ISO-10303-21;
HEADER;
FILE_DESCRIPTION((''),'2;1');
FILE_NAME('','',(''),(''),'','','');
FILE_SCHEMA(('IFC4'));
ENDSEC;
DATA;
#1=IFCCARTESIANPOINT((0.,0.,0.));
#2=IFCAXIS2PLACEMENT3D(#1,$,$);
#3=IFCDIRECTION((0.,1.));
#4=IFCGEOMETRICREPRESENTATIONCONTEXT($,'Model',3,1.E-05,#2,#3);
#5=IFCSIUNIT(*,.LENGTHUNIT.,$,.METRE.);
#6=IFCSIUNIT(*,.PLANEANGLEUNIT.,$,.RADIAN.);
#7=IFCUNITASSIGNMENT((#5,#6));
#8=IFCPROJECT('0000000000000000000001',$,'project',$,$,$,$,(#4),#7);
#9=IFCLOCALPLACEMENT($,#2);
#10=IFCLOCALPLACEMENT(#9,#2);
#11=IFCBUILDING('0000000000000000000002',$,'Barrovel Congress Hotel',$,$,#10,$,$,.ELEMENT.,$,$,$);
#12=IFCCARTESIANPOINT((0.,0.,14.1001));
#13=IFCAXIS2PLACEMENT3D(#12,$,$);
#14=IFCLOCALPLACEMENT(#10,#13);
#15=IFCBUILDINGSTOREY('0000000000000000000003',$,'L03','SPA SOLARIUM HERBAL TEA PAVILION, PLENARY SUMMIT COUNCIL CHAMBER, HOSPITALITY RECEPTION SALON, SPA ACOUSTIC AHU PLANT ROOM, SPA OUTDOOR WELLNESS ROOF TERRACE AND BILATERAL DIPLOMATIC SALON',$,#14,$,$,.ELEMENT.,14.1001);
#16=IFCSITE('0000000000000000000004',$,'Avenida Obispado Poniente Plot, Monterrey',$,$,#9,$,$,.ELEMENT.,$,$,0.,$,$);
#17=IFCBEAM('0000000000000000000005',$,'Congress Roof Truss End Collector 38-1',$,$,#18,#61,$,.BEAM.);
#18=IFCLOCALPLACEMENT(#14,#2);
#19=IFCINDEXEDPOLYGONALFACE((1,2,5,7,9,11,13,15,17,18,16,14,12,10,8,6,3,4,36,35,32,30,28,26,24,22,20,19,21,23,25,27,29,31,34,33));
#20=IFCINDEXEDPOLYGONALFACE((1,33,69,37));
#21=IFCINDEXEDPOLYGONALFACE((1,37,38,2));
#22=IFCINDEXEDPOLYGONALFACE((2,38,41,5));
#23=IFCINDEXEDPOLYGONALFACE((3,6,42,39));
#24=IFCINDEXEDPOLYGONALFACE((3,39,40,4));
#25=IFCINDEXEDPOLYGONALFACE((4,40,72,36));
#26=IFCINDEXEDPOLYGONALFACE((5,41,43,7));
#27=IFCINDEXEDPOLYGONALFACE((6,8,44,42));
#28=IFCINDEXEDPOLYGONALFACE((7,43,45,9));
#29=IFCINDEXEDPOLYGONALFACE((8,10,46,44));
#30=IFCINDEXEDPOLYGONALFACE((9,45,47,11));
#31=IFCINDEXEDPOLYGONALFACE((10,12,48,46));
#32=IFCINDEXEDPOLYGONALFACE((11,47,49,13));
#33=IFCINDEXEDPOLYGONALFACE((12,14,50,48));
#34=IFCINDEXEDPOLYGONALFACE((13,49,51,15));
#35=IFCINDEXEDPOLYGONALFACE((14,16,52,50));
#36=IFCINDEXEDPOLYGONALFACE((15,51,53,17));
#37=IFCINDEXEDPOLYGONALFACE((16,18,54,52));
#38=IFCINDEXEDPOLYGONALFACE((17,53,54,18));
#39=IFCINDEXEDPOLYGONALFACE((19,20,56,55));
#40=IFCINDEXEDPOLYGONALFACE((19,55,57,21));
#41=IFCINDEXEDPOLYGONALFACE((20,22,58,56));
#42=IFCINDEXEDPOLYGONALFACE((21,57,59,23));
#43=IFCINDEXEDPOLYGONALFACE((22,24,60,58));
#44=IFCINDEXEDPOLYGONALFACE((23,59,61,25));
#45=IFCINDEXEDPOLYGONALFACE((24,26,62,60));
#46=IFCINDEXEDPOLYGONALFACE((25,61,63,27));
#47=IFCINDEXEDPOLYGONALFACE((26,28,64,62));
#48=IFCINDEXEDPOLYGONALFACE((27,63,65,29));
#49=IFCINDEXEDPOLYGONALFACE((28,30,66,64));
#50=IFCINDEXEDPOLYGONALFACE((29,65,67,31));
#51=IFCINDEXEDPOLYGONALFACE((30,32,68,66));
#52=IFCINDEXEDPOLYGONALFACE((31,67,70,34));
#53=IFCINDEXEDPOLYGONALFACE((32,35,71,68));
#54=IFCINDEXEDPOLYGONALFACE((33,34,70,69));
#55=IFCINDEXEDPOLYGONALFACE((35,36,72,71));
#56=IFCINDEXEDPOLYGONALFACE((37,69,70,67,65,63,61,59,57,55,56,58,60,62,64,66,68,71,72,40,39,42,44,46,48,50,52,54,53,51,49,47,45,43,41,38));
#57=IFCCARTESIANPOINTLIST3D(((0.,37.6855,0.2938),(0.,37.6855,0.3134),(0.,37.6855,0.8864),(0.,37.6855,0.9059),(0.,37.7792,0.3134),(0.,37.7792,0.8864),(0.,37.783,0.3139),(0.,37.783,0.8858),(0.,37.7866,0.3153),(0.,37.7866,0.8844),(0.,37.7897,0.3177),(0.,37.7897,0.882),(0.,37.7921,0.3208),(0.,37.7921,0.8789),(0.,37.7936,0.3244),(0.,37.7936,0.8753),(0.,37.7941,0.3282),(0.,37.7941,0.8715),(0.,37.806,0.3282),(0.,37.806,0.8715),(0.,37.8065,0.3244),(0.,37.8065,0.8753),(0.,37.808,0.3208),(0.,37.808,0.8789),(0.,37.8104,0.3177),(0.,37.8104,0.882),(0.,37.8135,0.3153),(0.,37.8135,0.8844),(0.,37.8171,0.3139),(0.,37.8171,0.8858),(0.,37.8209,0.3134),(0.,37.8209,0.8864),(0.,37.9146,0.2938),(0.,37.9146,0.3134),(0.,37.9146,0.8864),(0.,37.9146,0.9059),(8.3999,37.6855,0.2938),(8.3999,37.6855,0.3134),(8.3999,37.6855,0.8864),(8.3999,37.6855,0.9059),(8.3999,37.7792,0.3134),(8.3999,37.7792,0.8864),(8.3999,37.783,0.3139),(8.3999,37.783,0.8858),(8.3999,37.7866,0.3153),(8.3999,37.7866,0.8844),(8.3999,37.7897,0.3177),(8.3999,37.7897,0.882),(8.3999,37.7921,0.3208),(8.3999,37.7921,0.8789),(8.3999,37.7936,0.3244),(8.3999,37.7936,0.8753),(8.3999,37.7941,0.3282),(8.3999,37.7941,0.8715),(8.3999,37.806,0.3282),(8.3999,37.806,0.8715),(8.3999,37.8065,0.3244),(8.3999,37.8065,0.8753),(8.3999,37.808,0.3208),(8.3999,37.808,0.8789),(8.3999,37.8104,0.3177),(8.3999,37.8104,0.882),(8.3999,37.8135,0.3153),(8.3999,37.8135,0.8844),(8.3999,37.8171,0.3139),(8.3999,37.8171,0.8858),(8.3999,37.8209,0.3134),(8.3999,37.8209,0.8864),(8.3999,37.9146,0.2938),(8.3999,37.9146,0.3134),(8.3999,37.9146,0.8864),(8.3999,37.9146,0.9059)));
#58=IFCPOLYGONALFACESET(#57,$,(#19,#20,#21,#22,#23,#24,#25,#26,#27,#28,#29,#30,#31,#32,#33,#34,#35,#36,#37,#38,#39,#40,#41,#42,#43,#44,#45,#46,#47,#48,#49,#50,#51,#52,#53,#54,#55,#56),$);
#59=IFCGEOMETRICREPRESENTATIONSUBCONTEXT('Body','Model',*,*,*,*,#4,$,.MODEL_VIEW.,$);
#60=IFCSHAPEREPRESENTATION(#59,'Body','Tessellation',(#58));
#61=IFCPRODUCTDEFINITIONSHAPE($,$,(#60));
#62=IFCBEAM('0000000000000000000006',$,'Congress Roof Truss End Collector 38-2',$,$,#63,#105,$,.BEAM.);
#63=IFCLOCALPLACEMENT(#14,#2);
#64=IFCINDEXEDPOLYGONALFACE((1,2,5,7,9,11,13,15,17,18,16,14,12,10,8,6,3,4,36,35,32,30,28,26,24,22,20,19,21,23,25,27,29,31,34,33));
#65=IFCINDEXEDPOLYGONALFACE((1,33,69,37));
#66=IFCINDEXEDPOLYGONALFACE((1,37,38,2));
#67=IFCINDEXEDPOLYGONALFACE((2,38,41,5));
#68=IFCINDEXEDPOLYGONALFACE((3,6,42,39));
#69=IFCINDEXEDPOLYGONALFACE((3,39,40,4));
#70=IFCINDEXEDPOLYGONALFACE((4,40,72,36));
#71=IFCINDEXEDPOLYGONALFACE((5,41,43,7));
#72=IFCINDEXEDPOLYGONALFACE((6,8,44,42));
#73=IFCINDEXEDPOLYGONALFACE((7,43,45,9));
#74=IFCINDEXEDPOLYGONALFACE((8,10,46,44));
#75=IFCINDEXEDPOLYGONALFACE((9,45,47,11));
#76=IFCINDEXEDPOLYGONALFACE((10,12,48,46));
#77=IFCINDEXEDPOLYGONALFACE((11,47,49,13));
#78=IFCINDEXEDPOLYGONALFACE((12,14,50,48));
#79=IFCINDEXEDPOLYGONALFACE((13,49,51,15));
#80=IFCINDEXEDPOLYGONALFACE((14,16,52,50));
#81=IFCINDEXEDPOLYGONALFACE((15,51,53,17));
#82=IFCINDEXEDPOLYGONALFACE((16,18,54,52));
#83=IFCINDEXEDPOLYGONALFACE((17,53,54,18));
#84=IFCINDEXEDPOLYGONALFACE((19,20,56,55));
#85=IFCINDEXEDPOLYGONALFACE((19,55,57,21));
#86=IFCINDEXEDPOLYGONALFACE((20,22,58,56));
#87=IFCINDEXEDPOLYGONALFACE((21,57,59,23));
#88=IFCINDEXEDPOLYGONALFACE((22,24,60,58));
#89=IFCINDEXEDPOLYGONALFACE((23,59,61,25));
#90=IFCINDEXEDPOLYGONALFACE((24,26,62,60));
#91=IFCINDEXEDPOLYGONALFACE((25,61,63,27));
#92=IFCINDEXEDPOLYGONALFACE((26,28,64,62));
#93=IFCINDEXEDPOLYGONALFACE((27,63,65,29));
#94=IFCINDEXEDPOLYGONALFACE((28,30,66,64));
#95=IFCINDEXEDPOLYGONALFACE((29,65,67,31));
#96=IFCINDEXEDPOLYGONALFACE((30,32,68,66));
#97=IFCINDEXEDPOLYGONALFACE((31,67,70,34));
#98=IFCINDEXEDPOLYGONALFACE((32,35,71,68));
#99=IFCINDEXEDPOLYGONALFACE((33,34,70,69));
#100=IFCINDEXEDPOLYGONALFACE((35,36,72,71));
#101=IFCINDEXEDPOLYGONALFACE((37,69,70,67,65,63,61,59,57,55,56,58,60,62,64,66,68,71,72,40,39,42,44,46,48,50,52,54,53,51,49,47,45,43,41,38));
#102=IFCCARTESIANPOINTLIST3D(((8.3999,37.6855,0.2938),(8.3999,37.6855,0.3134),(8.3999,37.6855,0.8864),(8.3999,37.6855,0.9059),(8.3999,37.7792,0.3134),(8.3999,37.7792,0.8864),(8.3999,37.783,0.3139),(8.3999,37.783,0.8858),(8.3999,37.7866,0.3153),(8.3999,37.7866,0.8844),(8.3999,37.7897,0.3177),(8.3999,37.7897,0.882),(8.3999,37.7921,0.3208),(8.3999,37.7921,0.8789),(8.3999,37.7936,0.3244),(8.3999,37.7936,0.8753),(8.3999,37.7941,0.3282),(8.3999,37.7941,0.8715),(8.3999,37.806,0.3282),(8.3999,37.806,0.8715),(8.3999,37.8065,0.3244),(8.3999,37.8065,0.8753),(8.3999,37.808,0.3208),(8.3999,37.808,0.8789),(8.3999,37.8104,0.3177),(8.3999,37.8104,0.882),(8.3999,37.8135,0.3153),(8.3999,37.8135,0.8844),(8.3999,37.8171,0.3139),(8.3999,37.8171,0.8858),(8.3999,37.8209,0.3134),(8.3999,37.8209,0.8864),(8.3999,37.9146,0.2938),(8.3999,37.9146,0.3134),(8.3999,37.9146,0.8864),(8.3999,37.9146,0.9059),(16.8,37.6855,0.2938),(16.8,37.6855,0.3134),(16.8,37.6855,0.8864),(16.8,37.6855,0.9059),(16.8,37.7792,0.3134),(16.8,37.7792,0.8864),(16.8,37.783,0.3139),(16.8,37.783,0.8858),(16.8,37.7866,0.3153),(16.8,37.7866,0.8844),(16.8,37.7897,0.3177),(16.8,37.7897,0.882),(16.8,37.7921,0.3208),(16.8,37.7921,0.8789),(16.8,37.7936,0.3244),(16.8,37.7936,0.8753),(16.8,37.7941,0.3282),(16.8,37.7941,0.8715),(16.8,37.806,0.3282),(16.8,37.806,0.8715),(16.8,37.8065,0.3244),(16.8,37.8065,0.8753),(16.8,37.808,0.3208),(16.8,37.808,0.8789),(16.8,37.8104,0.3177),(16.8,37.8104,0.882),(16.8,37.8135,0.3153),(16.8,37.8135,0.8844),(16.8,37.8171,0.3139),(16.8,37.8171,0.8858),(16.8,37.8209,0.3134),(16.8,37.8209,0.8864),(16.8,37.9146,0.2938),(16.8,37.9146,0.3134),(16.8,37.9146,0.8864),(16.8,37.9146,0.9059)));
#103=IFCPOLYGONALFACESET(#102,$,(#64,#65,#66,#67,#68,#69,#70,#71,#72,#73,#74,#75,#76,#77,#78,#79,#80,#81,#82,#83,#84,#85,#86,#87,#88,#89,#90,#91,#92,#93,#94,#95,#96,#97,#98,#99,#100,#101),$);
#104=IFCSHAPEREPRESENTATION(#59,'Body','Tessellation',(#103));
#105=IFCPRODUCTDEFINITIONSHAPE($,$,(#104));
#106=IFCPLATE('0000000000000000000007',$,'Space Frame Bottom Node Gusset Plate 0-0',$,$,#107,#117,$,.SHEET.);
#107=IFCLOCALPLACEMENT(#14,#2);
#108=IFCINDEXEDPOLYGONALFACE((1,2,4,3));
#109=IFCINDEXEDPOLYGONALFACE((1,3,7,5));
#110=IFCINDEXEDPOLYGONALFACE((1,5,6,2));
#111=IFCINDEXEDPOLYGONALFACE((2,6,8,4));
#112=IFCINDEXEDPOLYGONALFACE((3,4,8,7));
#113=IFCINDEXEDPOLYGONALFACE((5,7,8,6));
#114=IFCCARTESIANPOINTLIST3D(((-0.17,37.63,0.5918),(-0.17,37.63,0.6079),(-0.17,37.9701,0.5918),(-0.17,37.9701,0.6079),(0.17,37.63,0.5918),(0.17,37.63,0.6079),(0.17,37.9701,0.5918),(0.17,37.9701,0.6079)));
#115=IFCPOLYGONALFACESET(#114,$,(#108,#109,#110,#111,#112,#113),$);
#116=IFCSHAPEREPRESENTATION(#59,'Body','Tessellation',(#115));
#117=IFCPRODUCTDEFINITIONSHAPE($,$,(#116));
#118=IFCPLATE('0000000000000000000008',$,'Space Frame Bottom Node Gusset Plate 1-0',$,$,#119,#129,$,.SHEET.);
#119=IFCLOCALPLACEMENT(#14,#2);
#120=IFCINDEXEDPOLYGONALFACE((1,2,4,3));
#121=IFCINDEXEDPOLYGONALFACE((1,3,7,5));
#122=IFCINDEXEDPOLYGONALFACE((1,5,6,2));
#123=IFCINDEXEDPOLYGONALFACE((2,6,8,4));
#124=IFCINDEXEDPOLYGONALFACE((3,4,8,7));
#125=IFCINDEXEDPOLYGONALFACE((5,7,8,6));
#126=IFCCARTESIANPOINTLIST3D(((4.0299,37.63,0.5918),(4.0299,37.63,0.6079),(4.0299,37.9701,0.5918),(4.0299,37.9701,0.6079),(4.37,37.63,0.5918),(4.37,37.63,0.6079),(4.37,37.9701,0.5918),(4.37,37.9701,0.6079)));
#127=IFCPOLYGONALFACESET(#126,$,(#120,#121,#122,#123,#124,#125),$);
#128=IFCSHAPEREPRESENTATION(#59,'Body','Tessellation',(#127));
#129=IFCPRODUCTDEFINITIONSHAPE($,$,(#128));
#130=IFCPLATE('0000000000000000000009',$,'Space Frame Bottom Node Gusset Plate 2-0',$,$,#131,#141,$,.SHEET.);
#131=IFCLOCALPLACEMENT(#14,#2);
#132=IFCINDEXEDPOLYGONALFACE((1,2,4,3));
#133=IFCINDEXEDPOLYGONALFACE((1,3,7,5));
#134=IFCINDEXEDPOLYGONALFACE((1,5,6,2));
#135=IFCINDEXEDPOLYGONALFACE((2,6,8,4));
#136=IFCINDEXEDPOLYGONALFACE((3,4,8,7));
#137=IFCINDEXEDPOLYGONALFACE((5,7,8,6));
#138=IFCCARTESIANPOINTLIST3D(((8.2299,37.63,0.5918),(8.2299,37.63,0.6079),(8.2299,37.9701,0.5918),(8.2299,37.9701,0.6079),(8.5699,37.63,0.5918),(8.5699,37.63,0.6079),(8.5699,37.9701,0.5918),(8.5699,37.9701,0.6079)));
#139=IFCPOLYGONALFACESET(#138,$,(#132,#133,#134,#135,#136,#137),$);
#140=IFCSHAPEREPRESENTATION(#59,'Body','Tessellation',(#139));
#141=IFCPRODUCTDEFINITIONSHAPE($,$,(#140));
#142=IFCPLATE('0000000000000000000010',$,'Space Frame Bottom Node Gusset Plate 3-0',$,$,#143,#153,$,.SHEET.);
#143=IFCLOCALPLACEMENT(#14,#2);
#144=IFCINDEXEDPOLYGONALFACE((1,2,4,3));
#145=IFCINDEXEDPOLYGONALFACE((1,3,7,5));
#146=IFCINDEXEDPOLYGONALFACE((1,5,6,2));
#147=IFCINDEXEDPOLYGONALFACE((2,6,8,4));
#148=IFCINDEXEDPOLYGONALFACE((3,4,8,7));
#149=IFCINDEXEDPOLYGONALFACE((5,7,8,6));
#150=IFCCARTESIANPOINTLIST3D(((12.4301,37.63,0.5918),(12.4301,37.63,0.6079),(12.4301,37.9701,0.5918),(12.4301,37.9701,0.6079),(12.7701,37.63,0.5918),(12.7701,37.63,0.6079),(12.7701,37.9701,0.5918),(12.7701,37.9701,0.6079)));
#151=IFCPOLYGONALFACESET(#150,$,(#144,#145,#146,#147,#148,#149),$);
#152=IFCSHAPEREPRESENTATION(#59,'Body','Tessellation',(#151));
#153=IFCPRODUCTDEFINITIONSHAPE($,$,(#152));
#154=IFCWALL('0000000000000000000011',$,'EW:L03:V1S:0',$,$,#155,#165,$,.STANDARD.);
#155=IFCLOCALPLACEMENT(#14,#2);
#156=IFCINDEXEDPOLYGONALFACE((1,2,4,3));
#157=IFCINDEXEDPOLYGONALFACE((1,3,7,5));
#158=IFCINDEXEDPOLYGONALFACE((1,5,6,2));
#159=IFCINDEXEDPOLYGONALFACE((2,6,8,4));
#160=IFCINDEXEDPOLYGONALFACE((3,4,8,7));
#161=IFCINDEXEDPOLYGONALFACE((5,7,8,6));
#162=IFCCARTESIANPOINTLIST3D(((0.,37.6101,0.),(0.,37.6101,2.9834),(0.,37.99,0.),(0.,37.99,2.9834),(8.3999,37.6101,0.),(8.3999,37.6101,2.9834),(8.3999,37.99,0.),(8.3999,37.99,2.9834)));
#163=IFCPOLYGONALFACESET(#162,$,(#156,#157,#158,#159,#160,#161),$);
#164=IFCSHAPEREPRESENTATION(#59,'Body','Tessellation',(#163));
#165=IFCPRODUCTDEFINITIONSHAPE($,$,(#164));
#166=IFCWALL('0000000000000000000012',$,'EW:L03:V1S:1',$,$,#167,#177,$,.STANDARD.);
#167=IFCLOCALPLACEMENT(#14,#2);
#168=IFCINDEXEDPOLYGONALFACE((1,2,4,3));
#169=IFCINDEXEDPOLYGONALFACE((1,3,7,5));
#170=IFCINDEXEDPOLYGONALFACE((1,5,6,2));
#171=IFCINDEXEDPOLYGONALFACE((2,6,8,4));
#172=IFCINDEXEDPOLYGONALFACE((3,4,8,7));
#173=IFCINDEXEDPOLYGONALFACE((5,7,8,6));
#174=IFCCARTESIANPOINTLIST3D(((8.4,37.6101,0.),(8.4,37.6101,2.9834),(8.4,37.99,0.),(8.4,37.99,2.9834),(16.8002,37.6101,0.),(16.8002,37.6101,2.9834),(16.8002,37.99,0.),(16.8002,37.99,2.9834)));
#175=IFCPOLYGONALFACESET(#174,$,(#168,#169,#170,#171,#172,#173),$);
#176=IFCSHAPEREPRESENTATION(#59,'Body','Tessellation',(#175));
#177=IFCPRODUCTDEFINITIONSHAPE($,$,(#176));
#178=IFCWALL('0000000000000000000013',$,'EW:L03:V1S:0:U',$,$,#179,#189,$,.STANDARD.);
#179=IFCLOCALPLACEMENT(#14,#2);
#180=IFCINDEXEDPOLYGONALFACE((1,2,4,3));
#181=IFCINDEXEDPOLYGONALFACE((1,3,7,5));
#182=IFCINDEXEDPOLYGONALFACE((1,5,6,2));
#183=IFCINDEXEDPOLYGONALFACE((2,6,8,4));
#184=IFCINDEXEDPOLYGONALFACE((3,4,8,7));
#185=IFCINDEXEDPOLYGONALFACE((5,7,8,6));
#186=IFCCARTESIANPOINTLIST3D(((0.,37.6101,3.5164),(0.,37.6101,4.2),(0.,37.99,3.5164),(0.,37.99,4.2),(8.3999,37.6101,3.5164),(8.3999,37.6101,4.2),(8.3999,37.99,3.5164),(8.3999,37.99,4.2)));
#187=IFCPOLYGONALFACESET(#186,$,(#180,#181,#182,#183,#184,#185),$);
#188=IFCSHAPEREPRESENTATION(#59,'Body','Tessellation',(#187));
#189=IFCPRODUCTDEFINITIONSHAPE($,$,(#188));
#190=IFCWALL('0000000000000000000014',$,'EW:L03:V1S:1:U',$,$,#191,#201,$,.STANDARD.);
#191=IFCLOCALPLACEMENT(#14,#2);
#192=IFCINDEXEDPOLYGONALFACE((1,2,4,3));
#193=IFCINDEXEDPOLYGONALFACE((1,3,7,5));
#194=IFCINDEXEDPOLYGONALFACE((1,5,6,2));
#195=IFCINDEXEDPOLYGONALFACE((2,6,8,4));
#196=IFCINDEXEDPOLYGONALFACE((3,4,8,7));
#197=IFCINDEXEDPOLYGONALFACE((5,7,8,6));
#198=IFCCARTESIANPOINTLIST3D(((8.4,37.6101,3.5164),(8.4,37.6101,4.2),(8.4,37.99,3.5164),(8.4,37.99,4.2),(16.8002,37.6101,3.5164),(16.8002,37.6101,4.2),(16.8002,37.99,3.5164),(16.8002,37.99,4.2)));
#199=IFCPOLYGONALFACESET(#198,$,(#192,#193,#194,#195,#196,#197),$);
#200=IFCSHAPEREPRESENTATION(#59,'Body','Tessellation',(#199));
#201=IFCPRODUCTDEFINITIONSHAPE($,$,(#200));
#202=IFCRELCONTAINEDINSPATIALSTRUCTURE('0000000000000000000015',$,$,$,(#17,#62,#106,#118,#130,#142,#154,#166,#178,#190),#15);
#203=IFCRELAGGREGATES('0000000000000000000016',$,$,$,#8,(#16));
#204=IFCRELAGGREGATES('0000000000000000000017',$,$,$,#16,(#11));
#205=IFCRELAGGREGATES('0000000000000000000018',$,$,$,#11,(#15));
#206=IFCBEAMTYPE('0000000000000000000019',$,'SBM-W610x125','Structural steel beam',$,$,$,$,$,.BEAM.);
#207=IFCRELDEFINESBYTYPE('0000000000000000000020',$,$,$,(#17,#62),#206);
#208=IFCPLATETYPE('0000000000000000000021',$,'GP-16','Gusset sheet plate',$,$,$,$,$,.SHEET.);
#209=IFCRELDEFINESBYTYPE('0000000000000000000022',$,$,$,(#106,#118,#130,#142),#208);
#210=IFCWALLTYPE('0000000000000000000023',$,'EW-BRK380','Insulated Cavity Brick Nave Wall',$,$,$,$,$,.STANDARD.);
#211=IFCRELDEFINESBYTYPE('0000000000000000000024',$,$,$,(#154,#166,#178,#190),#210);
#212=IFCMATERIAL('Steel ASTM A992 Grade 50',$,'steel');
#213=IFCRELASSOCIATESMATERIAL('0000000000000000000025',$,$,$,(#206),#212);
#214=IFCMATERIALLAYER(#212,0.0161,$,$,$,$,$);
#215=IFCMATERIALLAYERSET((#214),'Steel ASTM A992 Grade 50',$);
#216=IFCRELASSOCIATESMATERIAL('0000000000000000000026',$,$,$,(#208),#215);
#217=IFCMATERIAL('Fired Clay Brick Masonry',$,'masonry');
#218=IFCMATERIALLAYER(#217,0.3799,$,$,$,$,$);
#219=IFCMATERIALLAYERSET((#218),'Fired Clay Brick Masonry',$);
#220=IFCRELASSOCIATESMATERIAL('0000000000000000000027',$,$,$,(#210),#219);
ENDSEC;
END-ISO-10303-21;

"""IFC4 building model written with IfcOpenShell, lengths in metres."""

from ifc_helpers import new_model, si_unit, direction, frame, frame_2d, origin, origin_2d, place, context, subcontext, project, spatial, rectangle, i_section, extrude, material, layer, layer_set, material_profile, profile_set, type_object, element, save


model = new_model("IFC4")

# Units and contexts
model_context = context("Model", 3, precision=1e-05, world=origin(), true_north=direction((0.0, 1.0)))
body_context = subcontext(model_context, "Body", "Model", "MODEL_VIEW")
ifc_project = project(units=[si_unit("LENGTHUNIT", "METRE"), si_unit("PLANEANGLEUNIT", "RADIAN")], contexts=[model_context])

# Site, building, storey
site_placement = place(None, origin())
site = spatial("IfcSite", under=ifc_project, at=site_placement, Name="Avenida Obispado Poniente Plot, Monterrey", CompositionType="ELEMENT", RefElevation=0.0)
building_placement = place(site_placement, origin())
building = spatial("IfcBuilding", under=site, at=building_placement, Name="Barrovel Congress Hotel", CompositionType="ELEMENT")
storey_placement = place(building_placement, frame((0.0, 0.0, 14.1001)))
storey = spatial("IfcBuildingStorey", under=building, at=storey_placement, Name="L03", Description="SPA SOLARIUM HERBAL TEA PAVILION, PLENARY SUMMIT COUNCIL CHAMBER, HOSPITALITY RECEPTION SALON, SPA ACOUSTIC AHU PLANT ROOM, SPA OUTDOOR WELLNESS ROOF TERRACE AND BILATERAL DIPLOMATIC SALON", CompositionType="ELEMENT", Elevation=14.1001)

# Beams
ifc_material_1 = material(Name="Steel ASTM A992 Grade 50", Category="steel")
ifc_material_profile_1 = material_profile(ifc_material_1, i_section(OverallWidth=0.229, OverallDepth=0.6121, WebThickness=0.012, FlangeThickness=0.0195, FilletRadius=0.0149, at=origin_2d()), Name="W610x125")
ifc_profile_set_1 = profile_set([ifc_material_profile_1], Name="Steel ASTM A992 Grade 50")
beam_type_1 = type_object("IfcBeamType", Name="SBM-W610x125", Description="Structural steel beam", PredefinedType="BEAM", material=ifc_profile_set_1)
for number, where, z_axis, x_axis, name in (
    (1, (0.0, 37.8, 0.5999), (1.0, 0.0, 0.0), (0.0, 1.0, 0.0), "Congress Roof Truss End Collector 38-1"),
):
    element("IfcBeam", number, at=place(storey_placement, frame(where, z_axis=z_axis, x_axis=x_axis)), inside=storey, type_object=beam_type_1, Name=name, PredefinedType="BEAM", context=body_context, shape_type="SweptSolid", body=[
        extrude(i_section(OverallWidth=0.229, OverallDepth=0.6121, WebThickness=0.012, FlangeThickness=0.0195, FilletRadius=0.0149, at=origin_2d()), origin(), (0.0, 0.0, 1.0), 8.3999),
    ])
beam_1_placement = place(storey_placement, frame((8.3999, 37.8, 0.5999), z_axis=(1.0, 0.0, 0.0), x_axis=(0.0, 1.0, 0.0)))
element("IfcBeam", 2, at=beam_1_placement, inside=storey, type_object=beam_type_1, Name="Congress Roof Truss End Collector 38-2", PredefinedType="BEAM", context=body_context, shape_type="SweptSolid", body=[
    extrude(i_section(OverallWidth=0.229, OverallDepth=0.6121, WebThickness=0.012, FlangeThickness=0.0195, FilletRadius=0.0149, at=origin_2d()), origin(), (0.0, 0.0, 1.0), 8.4001),
])

# Plates
ifc_layer_1 = layer(ifc_material_1, 0.0161)
ifc_layer_set_1 = layer_set([ifc_layer_1], Name="Steel ASTM A992 Grade 50")
plate_type = type_object("IfcPlateType", Name="GP-16", Description="Gusset sheet plate", PredefinedType="SHEET", material=ifc_layer_set_1)
for number, where, z_axis, x_axis, name in (
    (3, (0.0, 37.8, 0.5918), (0.0, 0.0, 1.0), (1.0, 0.0, 0.0), "Space Frame Bottom Node Gusset Plate 0-0"),
    (4, (4.2, 37.8, 0.5918), (0.0, 0.0, 1.0), (1.0, 0.0, 0.0), "Space Frame Bottom Node Gusset Plate 1-0"),
    (5, (8.3999, 37.8, 0.5918), (0.0, 0.0, 1.0), (1.0, 0.0, 0.0), "Space Frame Bottom Node Gusset Plate 2-0"),
    (6, (12.6001, 37.8, 0.5918), (0.0, 0.0, 1.0), (1.0, 0.0, 0.0), "Space Frame Bottom Node Gusset Plate 3-0"),
):
    element("IfcPlate", number, at=place(storey_placement, frame(where, z_axis=z_axis, x_axis=x_axis)), inside=storey, type_object=plate_type, Name=name, PredefinedType="SHEET", context=body_context, shape_type="SweptSolid", body=[
        extrude(rectangle(XDim=0.3401, YDim=0.3401, at=origin_2d()), origin(), (0.0, 0.0, 1.0), 0.0161),
    ])

# Walls
ifc_material_2 = material(Name="Fired Clay Brick Masonry", Category="masonry")
ifc_layer_2 = layer(ifc_material_2, 0.3799)
ifc_layer_set_2 = layer_set([ifc_layer_2], Name="Fired Clay Brick Masonry")
wall_type = type_object("IfcWallType", Name="EW-BRK380", Description="Insulated Cavity Brick Nave Wall", PredefinedType="STANDARD", material=ifc_layer_set_2)
wall_1_placement = place(storey_placement, frame((0.0, 37.8, 0.0), z_axis=(0.0, 0.0, 1.0), x_axis=(1.0, 0.0, 0.0)))
element("IfcWall", 7, at=wall_1_placement, inside=storey, type_object=wall_type, Name="EW:L03:V1S:0", PredefinedType="STANDARD", context=body_context, shape_type="SweptSolid", body=[
    extrude(rectangle(XDim=8.3999, YDim=0.3799, at=frame_2d((4.2, 0.0))), origin(), (0.0, 0.0, 1.0), 2.9834),
])
wall_2_placement = place(storey_placement, frame((8.3999, 37.8, 0.0), z_axis=(0.0, 0.0, 1.0), x_axis=(1.0, 0.0, 0.0)))
element("IfcWall", 8, at=wall_2_placement, inside=storey, type_object=wall_type, Name="EW:L03:V1S:1", PredefinedType="STANDARD", context=body_context, shape_type="SweptSolid", body=[
    extrude(rectangle(XDim=8.4001, YDim=0.3799, at=frame_2d((4.2002, 0.0))), origin(), (0.0, 0.0, 1.0), 2.9834),
])
wall_3_placement = place(storey_placement, frame((0.0, 37.8, 3.5164), z_axis=(0.0, 0.0, 1.0), x_axis=(1.0, 0.0, 0.0)))
element("IfcWall", 9, at=wall_3_placement, inside=storey, type_object=wall_type, Name="EW:L03:V1S:0:U", PredefinedType="STANDARD", context=body_context, shape_type="SweptSolid", body=[
    extrude(rectangle(XDim=8.3999, YDim=0.3799, at=frame_2d((4.2, 0.0))), origin(), (0.0, 0.0, 1.0), 0.6836),
])
wall_4_placement = place(storey_placement, frame((8.3999, 37.8, 3.5164), z_axis=(0.0, 0.0, 1.0), x_axis=(1.0, 0.0, 0.0)))
element("IfcWall", 10, at=wall_4_placement, inside=storey, type_object=wall_type, Name="EW:L03:V1S:1:U", PredefinedType="STANDARD", context=body_context, shape_type="SweptSolid", body=[
    extrude(rectangle(XDim=8.4001, YDim=0.3799, at=frame_2d((4.2002, 0.0))), origin(), (0.0, 0.0, 1.0), 0.6836),
])

save(model, "model.ifc")
